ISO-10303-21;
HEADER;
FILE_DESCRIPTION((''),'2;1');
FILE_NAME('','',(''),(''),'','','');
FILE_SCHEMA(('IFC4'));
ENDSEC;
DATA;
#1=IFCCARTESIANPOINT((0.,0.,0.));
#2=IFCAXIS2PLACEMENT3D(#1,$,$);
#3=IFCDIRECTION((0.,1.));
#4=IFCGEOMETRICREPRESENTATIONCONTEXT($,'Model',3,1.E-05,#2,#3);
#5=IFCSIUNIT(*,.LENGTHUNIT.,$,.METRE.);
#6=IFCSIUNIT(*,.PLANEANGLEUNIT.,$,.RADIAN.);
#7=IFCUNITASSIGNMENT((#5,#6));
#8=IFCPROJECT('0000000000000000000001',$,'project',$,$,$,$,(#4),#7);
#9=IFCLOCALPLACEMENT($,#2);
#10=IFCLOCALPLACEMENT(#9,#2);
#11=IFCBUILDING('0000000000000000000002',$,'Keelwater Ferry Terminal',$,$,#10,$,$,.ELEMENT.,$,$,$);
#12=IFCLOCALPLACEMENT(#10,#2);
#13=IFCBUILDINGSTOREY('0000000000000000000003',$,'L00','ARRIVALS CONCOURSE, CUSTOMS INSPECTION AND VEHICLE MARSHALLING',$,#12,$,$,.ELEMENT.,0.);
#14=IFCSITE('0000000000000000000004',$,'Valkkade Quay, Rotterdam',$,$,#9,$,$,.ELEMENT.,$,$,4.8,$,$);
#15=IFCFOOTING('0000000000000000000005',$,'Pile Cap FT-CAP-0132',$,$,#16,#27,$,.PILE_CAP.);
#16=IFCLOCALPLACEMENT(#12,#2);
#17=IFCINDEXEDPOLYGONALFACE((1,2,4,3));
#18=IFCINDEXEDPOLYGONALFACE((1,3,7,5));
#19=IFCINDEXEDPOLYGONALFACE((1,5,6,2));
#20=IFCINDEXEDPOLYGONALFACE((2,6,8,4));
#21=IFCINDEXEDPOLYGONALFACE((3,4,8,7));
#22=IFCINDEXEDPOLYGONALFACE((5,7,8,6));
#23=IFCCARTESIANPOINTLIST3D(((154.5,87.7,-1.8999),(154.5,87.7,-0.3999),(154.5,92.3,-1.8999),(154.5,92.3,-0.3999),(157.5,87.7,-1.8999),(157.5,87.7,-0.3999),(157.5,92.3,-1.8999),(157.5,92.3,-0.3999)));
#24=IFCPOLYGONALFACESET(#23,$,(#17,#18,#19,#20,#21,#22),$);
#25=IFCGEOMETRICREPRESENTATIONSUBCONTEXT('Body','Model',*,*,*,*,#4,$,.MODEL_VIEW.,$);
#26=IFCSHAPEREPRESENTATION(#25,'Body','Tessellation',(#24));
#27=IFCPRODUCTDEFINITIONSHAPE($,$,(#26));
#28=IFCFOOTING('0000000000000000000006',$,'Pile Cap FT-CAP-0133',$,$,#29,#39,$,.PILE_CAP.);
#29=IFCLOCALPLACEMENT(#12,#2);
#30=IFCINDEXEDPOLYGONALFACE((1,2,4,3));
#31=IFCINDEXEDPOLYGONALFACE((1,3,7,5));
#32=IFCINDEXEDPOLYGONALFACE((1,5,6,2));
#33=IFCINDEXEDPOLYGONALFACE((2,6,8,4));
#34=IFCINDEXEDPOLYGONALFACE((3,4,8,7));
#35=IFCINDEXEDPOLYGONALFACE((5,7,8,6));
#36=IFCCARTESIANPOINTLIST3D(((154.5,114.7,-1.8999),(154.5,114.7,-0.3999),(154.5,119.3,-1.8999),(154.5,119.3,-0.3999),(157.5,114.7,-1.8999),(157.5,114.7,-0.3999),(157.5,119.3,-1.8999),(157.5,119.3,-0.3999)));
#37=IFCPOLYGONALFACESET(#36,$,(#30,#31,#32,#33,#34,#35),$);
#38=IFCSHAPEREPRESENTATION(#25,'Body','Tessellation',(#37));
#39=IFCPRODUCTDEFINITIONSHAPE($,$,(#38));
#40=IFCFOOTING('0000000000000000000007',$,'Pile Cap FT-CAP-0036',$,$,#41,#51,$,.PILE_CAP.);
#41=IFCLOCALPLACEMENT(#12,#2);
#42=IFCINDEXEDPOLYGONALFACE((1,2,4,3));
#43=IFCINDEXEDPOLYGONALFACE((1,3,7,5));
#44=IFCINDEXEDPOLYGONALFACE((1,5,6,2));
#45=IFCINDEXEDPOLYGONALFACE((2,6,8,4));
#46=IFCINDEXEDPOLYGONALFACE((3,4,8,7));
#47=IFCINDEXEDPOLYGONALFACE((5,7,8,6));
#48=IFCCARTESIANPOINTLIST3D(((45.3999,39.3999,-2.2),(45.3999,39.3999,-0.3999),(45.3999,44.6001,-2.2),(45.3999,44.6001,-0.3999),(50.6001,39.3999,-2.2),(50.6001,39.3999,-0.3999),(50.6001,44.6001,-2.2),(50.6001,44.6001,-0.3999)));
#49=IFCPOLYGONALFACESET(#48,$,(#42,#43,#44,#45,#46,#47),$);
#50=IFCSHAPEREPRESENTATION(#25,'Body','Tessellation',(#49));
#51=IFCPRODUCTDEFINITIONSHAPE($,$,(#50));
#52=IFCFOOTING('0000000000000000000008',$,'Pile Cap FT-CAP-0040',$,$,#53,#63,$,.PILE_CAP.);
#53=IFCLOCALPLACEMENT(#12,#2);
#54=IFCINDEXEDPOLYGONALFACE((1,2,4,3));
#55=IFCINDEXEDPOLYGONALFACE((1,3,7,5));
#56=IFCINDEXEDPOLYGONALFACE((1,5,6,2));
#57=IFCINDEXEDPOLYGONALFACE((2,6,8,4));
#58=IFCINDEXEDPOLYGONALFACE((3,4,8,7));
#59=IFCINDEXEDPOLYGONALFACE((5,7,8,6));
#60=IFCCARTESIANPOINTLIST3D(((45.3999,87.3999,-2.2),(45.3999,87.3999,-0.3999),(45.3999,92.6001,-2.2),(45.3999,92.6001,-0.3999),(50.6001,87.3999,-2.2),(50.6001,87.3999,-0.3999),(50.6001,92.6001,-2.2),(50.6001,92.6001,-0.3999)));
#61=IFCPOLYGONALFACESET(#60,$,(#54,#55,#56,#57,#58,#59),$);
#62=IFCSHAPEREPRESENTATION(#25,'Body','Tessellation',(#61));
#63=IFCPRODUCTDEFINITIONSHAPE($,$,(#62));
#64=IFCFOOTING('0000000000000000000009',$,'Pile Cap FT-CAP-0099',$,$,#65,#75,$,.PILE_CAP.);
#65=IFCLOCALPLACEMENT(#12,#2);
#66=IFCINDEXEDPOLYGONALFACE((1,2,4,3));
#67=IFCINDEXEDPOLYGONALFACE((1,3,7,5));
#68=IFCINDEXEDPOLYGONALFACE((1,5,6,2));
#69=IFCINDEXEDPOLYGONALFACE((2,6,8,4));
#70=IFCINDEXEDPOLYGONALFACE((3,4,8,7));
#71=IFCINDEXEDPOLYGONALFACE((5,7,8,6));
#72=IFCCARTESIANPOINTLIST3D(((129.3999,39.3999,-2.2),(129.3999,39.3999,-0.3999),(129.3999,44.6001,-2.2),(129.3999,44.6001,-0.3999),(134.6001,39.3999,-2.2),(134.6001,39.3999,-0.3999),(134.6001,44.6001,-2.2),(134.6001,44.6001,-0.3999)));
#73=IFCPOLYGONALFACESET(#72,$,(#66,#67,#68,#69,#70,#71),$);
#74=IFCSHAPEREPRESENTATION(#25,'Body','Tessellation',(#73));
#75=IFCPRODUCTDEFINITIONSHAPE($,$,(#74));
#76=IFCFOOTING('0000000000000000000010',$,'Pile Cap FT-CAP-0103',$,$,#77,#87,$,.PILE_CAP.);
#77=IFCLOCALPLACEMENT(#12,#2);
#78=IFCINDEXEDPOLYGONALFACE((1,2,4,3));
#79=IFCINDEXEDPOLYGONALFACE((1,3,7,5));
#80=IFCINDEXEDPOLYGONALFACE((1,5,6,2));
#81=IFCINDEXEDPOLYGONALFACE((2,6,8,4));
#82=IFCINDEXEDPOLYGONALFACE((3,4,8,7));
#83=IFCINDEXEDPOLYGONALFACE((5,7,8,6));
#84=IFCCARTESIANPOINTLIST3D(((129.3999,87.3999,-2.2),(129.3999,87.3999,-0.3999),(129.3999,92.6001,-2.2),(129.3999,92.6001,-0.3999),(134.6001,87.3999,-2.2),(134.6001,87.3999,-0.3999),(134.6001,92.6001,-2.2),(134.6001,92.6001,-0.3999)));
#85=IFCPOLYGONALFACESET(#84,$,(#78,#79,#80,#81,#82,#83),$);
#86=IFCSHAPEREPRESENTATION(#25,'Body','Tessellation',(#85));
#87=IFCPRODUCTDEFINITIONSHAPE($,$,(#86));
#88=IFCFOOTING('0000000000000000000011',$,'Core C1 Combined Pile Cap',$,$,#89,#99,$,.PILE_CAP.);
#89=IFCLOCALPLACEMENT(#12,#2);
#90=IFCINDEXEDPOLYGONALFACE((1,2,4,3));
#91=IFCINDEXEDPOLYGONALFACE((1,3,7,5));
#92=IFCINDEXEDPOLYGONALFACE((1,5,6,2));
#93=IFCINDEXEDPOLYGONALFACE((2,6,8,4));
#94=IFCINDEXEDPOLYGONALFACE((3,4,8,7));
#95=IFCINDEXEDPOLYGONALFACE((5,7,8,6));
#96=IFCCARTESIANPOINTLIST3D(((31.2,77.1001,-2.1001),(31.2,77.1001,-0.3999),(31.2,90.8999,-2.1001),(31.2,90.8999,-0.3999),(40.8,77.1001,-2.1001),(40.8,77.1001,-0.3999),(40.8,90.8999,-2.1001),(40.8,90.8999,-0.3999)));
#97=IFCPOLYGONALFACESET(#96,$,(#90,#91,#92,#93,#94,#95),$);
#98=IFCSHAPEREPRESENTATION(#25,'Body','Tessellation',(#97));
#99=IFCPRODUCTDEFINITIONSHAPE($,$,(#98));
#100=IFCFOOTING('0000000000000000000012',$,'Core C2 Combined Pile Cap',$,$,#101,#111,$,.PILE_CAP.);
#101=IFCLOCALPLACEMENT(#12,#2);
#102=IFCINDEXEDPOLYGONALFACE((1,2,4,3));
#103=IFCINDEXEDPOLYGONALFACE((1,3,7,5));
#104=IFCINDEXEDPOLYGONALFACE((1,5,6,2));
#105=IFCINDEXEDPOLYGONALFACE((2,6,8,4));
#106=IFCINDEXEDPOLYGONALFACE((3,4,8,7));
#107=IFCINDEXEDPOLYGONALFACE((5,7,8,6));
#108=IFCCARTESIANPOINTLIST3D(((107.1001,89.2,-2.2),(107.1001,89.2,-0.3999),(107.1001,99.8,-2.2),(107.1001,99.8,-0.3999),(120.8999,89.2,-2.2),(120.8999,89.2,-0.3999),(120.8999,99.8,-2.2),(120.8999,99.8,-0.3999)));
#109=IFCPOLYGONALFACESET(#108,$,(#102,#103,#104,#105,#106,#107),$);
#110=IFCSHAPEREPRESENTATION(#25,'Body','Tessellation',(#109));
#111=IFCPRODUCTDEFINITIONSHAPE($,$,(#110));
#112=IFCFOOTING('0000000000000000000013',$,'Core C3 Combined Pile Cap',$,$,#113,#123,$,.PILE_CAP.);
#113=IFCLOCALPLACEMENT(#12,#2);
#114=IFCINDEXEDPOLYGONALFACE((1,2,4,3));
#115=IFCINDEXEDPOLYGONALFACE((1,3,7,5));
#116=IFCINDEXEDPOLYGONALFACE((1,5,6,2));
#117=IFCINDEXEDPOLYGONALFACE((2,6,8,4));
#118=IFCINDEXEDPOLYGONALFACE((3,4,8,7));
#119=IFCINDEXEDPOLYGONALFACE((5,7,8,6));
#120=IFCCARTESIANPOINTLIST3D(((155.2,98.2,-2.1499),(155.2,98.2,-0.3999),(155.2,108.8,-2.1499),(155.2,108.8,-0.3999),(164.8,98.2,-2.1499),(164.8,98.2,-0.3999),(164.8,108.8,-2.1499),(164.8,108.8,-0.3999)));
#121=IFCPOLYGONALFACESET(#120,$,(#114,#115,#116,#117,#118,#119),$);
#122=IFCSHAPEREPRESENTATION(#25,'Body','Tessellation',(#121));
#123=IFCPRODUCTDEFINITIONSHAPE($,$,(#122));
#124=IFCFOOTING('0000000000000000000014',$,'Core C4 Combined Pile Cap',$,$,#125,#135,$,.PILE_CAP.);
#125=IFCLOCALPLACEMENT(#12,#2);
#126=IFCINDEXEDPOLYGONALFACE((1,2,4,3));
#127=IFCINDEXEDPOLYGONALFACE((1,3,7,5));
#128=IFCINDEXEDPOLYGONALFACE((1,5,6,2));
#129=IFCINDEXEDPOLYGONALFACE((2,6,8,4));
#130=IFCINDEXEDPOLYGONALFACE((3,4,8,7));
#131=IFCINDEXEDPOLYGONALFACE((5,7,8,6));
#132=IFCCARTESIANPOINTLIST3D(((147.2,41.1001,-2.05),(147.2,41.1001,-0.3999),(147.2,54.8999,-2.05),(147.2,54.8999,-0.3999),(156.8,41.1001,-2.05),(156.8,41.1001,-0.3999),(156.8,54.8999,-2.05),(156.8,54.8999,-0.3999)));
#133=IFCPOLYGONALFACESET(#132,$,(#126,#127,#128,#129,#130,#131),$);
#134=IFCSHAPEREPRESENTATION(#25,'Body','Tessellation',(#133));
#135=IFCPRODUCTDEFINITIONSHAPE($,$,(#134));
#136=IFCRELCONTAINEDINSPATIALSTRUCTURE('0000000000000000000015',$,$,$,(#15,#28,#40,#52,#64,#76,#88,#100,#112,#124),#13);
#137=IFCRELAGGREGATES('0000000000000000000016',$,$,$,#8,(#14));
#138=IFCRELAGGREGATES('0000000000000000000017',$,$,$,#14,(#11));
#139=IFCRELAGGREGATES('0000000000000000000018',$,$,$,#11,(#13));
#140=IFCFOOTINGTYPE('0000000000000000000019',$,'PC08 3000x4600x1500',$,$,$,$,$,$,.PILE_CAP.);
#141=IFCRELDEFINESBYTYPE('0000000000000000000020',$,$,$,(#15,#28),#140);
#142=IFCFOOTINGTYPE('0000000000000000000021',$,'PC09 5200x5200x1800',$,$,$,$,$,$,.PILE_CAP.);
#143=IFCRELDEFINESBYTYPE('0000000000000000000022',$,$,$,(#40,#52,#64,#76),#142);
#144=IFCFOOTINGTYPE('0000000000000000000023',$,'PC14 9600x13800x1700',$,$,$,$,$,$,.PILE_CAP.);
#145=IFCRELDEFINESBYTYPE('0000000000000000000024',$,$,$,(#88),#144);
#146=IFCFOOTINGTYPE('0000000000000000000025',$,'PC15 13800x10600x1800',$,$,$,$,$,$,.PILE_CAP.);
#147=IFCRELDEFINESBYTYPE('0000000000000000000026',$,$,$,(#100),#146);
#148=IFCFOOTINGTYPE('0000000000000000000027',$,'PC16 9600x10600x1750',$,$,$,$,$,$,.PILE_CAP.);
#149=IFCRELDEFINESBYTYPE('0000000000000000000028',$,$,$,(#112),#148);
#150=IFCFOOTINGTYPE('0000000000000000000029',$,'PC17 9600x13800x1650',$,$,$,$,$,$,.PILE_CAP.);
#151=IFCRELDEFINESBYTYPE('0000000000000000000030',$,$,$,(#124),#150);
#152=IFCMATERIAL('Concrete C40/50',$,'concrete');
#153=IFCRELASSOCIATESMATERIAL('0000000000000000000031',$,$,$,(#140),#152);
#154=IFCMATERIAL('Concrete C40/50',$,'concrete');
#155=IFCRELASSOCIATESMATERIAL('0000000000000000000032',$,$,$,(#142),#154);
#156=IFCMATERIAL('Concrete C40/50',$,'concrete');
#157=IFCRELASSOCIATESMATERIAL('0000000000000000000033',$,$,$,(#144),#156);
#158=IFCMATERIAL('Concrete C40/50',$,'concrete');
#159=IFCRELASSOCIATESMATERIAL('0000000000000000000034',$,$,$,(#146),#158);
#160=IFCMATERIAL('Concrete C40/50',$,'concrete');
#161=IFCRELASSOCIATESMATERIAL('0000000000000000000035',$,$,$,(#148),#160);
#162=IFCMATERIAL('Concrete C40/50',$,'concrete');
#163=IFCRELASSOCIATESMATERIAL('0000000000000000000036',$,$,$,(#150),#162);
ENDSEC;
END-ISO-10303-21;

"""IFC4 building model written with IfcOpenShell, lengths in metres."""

from ifc_helpers import new_model, si_unit, direction, frame, origin, place, context, subcontext, project, spatial, polyline, outline, extrude, material, type_object, element, save


model = new_model("IFC4")

# Units and contexts
model_context = context("Model", 3, precision=1e-05, world=origin(), true_north=direction((0.0, 1.0)))
body_context = subcontext(model_context, "Body", "Model", "MODEL_VIEW")
ifc_project = project(units=[si_unit("LENGTHUNIT", "METRE"), si_unit("PLANEANGLEUNIT", "RADIAN")], contexts=[model_context])

# Site, building, storey
site_placement = place(None, origin())
site = spatial("IfcSite", under=ifc_project, at=site_placement, Name="Valkkade Quay, Rotterdam", CompositionType="ELEMENT", RefElevation=4.8)
building_placement = place(site_placement, origin())
building = spatial("IfcBuilding", under=site, at=building_placement, Name="Keelwater Ferry Terminal", CompositionType="ELEMENT")
storey_placement = place(building_placement, origin())
storey = spatial("IfcBuildingStorey", under=building, at=storey_placement, Name="L00", Description="ARRIVALS CONCOURSE, CUSTOMS INSPECTION AND VEHICLE MARSHALLING", CompositionType="ELEMENT", Elevation=0.0)

# Footings
ifc_material_1 = material(Name="Concrete C40/50", Category="concrete")
footing_type_1 = type_object("IfcFootingType", Name="PC08 3000x4600x1500", PredefinedType="PILE_CAP", material=ifc_material_1)
footing_1_placement = place(storey_placement, frame((0.0, 0.0, -1.8999)))
element("IfcFooting", 1, at=footing_1_placement, inside=storey, type_object=footing_type_1, Name="Pile Cap FT-CAP-0132", PredefinedType="PILE_CAP", context=body_context, shape_type="SweptSolid", body=[
    extrude(outline(polyline([(154.5, 87.7), (157.5, 87.7), (157.5, 92.3), (154.5, 92.3), (154.5, 87.7)])), origin(), (0.0, 0.0, 1.0), 1.5),
])
footing_2_placement = place(storey_placement, frame((0.0, 0.0, -1.8999)))
element("IfcFooting", 2, at=footing_2_placement, inside=storey, type_object=footing_type_1, Name="Pile Cap FT-CAP-0133", PredefinedType="PILE_CAP", context=body_context, shape_type="SweptSolid", body=[
    extrude(outline(polyline([(154.5, 114.7), (157.5, 114.7), (157.5, 119.3), (154.5, 119.3), (154.5, 114.7)])), origin(), (0.0, 0.0, 1.0), 1.5),
])
ifc_material_2 = material(Name="Concrete C40/50", Category="concrete")
footing_type_2 = type_object("IfcFootingType", Name="PC09 5200x5200x1800", PredefinedType="PILE_CAP", material=ifc_material_2)
footing_3_placement = place(storey_placement, frame((0.0, 0.0, -2.2)))
element("IfcFooting", 3, at=footing_3_placement, inside=storey, type_object=footing_type_2, Name="Pile Cap FT-CAP-0036", PredefinedType="PILE_CAP", context=body_context, shape_type="SweptSolid", body=[
    extrude(outline(polyline([(45.3999, 39.3999), (50.6001, 39.3999), (50.6001, 44.6001), (45.3999, 44.6001), (45.3999, 39.3999)])), origin(), (0.0, 0.0, 1.0), 1.8),
])
footing_4_placement = place(storey_placement, frame((0.0, 0.0, -2.2)))
element("IfcFooting", 4, at=footing_4_placement, inside=storey, type_object=footing_type_2, Name="Pile Cap FT-CAP-0040", PredefinedType="PILE_CAP", context=body_context, shape_type="SweptSolid", body=[
    extrude(outline(polyline([(45.3999, 87.3999), (50.6001, 87.3999), (50.6001, 92.6001), (45.3999, 92.6001), (45.3999, 87.3999)])), origin(), (0.0, 0.0, 1.0), 1.8),
])
footing_5_placement = place(storey_placement, frame((0.0, 0.0, -2.2)))
element("IfcFooting", 5, at=footing_5_placement, inside=storey, type_object=footing_type_2, Name="Pile Cap FT-CAP-0099", PredefinedType="PILE_CAP", context=body_context, shape_type="SweptSolid", body=[
    extrude(outline(polyline([(129.3999, 39.3999), (134.6001, 39.3999), (134.6001, 44.6001), (129.3999, 44.6001), (129.3999, 39.3999)])), origin(), (0.0, 0.0, 1.0), 1.8),
])
footing_6_placement = place(storey_placement, frame((0.0, 0.0, -2.2)))
element("IfcFooting", 6, at=footing_6_placement, inside=storey, type_object=footing_type_2, Name="Pile Cap FT-CAP-0103", PredefinedType="PILE_CAP", context=body_context, shape_type="SweptSolid", body=[
    extrude(outline(polyline([(129.3999, 87.3999), (134.6001, 87.3999), (134.6001, 92.6001), (129.3999, 92.6001), (129.3999, 87.3999)])), origin(), (0.0, 0.0, 1.0), 1.8),
])
ifc_material_3 = material(Name="Concrete C40/50", Category="concrete")
footing_type_3 = type_object("IfcFootingType", Name="PC14 9600x13800x1700", PredefinedType="PILE_CAP", material=ifc_material_3)
footing_7_placement = place(storey_placement, frame((0.0, 0.0, -2.1001)))
element("IfcFooting", 7, at=footing_7_placement, inside=storey, type_object=footing_type_3, Name="Core C1 Combined Pile Cap", PredefinedType="PILE_CAP", context=body_context, shape_type="SweptSolid", body=[
    extrude(outline(polyline([(31.2, 77.1001), (40.8, 77.1001), (40.8, 90.8999), (31.2, 90.8999), (31.2, 77.1001)])), origin(), (0.0, 0.0, 1.0), 1.7002),
])
ifc_material_4 = material(Name="Concrete C40/50", Category="concrete")
footing_type_4 = type_object("IfcFootingType", Name="PC15 13800x10600x1800", PredefinedType="PILE_CAP", material=ifc_material_4)
footing_8_placement = place(storey_placement, frame((0.0, 0.0, -2.2)))
element("IfcFooting", 8, at=footing_8_placement, inside=storey, type_object=footing_type_4, Name="Core C2 Combined Pile Cap", PredefinedType="PILE_CAP", context=body_context, shape_type="SweptSolid", body=[
    extrude(outline(polyline([(107.1001, 89.2), (120.8999, 89.2), (120.8999, 99.8), (107.1001, 99.8), (107.1001, 89.2)])), origin(), (0.0, 0.0, 1.0), 1.8),
])
ifc_material_5 = material(Name="Concrete C40/50", Category="concrete")
footing_type_5 = type_object("IfcFootingType", Name="PC16 9600x10600x1750", PredefinedType="PILE_CAP", material=ifc_material_5)
footing_9_placement = place(storey_placement, frame((0.0, 0.0, -2.1499)))
element("IfcFooting", 9, at=footing_9_placement, inside=storey, type_object=footing_type_5, Name="Core C3 Combined Pile Cap", PredefinedType="PILE_CAP", context=body_context, shape_type="SweptSolid", body=[
    extrude(outline(polyline([(155.2, 98.2), (164.8, 98.2), (164.8, 108.8), (155.2, 108.8), (155.2, 98.2)])), origin(), (0.0, 0.0, 1.0), 1.75),
])
ifc_material_6 = material(Name="Concrete C40/50", Category="concrete")
footing_type_6 = type_object("IfcFootingType", Name="PC17 9600x13800x1650", PredefinedType="PILE_CAP", material=ifc_material_6)
footing_10_placement = place(storey_placement, frame((0.0, 0.0, -2.05)))
element("IfcFooting", 10, at=footing_10_placement, inside=storey, type_object=footing_type_6, Name="Core C4 Combined Pile Cap", PredefinedType="PILE_CAP", context=body_context, shape_type="SweptSolid", body=[
    extrude(outline(polyline([(147.2, 41.1001), (156.8, 41.1001), (156.8, 54.8999), (147.2, 54.8999), (147.2, 41.1001)])), origin(), (0.0, 0.0, 1.0), 1.6501),
])

save(model, "model.ifc")
